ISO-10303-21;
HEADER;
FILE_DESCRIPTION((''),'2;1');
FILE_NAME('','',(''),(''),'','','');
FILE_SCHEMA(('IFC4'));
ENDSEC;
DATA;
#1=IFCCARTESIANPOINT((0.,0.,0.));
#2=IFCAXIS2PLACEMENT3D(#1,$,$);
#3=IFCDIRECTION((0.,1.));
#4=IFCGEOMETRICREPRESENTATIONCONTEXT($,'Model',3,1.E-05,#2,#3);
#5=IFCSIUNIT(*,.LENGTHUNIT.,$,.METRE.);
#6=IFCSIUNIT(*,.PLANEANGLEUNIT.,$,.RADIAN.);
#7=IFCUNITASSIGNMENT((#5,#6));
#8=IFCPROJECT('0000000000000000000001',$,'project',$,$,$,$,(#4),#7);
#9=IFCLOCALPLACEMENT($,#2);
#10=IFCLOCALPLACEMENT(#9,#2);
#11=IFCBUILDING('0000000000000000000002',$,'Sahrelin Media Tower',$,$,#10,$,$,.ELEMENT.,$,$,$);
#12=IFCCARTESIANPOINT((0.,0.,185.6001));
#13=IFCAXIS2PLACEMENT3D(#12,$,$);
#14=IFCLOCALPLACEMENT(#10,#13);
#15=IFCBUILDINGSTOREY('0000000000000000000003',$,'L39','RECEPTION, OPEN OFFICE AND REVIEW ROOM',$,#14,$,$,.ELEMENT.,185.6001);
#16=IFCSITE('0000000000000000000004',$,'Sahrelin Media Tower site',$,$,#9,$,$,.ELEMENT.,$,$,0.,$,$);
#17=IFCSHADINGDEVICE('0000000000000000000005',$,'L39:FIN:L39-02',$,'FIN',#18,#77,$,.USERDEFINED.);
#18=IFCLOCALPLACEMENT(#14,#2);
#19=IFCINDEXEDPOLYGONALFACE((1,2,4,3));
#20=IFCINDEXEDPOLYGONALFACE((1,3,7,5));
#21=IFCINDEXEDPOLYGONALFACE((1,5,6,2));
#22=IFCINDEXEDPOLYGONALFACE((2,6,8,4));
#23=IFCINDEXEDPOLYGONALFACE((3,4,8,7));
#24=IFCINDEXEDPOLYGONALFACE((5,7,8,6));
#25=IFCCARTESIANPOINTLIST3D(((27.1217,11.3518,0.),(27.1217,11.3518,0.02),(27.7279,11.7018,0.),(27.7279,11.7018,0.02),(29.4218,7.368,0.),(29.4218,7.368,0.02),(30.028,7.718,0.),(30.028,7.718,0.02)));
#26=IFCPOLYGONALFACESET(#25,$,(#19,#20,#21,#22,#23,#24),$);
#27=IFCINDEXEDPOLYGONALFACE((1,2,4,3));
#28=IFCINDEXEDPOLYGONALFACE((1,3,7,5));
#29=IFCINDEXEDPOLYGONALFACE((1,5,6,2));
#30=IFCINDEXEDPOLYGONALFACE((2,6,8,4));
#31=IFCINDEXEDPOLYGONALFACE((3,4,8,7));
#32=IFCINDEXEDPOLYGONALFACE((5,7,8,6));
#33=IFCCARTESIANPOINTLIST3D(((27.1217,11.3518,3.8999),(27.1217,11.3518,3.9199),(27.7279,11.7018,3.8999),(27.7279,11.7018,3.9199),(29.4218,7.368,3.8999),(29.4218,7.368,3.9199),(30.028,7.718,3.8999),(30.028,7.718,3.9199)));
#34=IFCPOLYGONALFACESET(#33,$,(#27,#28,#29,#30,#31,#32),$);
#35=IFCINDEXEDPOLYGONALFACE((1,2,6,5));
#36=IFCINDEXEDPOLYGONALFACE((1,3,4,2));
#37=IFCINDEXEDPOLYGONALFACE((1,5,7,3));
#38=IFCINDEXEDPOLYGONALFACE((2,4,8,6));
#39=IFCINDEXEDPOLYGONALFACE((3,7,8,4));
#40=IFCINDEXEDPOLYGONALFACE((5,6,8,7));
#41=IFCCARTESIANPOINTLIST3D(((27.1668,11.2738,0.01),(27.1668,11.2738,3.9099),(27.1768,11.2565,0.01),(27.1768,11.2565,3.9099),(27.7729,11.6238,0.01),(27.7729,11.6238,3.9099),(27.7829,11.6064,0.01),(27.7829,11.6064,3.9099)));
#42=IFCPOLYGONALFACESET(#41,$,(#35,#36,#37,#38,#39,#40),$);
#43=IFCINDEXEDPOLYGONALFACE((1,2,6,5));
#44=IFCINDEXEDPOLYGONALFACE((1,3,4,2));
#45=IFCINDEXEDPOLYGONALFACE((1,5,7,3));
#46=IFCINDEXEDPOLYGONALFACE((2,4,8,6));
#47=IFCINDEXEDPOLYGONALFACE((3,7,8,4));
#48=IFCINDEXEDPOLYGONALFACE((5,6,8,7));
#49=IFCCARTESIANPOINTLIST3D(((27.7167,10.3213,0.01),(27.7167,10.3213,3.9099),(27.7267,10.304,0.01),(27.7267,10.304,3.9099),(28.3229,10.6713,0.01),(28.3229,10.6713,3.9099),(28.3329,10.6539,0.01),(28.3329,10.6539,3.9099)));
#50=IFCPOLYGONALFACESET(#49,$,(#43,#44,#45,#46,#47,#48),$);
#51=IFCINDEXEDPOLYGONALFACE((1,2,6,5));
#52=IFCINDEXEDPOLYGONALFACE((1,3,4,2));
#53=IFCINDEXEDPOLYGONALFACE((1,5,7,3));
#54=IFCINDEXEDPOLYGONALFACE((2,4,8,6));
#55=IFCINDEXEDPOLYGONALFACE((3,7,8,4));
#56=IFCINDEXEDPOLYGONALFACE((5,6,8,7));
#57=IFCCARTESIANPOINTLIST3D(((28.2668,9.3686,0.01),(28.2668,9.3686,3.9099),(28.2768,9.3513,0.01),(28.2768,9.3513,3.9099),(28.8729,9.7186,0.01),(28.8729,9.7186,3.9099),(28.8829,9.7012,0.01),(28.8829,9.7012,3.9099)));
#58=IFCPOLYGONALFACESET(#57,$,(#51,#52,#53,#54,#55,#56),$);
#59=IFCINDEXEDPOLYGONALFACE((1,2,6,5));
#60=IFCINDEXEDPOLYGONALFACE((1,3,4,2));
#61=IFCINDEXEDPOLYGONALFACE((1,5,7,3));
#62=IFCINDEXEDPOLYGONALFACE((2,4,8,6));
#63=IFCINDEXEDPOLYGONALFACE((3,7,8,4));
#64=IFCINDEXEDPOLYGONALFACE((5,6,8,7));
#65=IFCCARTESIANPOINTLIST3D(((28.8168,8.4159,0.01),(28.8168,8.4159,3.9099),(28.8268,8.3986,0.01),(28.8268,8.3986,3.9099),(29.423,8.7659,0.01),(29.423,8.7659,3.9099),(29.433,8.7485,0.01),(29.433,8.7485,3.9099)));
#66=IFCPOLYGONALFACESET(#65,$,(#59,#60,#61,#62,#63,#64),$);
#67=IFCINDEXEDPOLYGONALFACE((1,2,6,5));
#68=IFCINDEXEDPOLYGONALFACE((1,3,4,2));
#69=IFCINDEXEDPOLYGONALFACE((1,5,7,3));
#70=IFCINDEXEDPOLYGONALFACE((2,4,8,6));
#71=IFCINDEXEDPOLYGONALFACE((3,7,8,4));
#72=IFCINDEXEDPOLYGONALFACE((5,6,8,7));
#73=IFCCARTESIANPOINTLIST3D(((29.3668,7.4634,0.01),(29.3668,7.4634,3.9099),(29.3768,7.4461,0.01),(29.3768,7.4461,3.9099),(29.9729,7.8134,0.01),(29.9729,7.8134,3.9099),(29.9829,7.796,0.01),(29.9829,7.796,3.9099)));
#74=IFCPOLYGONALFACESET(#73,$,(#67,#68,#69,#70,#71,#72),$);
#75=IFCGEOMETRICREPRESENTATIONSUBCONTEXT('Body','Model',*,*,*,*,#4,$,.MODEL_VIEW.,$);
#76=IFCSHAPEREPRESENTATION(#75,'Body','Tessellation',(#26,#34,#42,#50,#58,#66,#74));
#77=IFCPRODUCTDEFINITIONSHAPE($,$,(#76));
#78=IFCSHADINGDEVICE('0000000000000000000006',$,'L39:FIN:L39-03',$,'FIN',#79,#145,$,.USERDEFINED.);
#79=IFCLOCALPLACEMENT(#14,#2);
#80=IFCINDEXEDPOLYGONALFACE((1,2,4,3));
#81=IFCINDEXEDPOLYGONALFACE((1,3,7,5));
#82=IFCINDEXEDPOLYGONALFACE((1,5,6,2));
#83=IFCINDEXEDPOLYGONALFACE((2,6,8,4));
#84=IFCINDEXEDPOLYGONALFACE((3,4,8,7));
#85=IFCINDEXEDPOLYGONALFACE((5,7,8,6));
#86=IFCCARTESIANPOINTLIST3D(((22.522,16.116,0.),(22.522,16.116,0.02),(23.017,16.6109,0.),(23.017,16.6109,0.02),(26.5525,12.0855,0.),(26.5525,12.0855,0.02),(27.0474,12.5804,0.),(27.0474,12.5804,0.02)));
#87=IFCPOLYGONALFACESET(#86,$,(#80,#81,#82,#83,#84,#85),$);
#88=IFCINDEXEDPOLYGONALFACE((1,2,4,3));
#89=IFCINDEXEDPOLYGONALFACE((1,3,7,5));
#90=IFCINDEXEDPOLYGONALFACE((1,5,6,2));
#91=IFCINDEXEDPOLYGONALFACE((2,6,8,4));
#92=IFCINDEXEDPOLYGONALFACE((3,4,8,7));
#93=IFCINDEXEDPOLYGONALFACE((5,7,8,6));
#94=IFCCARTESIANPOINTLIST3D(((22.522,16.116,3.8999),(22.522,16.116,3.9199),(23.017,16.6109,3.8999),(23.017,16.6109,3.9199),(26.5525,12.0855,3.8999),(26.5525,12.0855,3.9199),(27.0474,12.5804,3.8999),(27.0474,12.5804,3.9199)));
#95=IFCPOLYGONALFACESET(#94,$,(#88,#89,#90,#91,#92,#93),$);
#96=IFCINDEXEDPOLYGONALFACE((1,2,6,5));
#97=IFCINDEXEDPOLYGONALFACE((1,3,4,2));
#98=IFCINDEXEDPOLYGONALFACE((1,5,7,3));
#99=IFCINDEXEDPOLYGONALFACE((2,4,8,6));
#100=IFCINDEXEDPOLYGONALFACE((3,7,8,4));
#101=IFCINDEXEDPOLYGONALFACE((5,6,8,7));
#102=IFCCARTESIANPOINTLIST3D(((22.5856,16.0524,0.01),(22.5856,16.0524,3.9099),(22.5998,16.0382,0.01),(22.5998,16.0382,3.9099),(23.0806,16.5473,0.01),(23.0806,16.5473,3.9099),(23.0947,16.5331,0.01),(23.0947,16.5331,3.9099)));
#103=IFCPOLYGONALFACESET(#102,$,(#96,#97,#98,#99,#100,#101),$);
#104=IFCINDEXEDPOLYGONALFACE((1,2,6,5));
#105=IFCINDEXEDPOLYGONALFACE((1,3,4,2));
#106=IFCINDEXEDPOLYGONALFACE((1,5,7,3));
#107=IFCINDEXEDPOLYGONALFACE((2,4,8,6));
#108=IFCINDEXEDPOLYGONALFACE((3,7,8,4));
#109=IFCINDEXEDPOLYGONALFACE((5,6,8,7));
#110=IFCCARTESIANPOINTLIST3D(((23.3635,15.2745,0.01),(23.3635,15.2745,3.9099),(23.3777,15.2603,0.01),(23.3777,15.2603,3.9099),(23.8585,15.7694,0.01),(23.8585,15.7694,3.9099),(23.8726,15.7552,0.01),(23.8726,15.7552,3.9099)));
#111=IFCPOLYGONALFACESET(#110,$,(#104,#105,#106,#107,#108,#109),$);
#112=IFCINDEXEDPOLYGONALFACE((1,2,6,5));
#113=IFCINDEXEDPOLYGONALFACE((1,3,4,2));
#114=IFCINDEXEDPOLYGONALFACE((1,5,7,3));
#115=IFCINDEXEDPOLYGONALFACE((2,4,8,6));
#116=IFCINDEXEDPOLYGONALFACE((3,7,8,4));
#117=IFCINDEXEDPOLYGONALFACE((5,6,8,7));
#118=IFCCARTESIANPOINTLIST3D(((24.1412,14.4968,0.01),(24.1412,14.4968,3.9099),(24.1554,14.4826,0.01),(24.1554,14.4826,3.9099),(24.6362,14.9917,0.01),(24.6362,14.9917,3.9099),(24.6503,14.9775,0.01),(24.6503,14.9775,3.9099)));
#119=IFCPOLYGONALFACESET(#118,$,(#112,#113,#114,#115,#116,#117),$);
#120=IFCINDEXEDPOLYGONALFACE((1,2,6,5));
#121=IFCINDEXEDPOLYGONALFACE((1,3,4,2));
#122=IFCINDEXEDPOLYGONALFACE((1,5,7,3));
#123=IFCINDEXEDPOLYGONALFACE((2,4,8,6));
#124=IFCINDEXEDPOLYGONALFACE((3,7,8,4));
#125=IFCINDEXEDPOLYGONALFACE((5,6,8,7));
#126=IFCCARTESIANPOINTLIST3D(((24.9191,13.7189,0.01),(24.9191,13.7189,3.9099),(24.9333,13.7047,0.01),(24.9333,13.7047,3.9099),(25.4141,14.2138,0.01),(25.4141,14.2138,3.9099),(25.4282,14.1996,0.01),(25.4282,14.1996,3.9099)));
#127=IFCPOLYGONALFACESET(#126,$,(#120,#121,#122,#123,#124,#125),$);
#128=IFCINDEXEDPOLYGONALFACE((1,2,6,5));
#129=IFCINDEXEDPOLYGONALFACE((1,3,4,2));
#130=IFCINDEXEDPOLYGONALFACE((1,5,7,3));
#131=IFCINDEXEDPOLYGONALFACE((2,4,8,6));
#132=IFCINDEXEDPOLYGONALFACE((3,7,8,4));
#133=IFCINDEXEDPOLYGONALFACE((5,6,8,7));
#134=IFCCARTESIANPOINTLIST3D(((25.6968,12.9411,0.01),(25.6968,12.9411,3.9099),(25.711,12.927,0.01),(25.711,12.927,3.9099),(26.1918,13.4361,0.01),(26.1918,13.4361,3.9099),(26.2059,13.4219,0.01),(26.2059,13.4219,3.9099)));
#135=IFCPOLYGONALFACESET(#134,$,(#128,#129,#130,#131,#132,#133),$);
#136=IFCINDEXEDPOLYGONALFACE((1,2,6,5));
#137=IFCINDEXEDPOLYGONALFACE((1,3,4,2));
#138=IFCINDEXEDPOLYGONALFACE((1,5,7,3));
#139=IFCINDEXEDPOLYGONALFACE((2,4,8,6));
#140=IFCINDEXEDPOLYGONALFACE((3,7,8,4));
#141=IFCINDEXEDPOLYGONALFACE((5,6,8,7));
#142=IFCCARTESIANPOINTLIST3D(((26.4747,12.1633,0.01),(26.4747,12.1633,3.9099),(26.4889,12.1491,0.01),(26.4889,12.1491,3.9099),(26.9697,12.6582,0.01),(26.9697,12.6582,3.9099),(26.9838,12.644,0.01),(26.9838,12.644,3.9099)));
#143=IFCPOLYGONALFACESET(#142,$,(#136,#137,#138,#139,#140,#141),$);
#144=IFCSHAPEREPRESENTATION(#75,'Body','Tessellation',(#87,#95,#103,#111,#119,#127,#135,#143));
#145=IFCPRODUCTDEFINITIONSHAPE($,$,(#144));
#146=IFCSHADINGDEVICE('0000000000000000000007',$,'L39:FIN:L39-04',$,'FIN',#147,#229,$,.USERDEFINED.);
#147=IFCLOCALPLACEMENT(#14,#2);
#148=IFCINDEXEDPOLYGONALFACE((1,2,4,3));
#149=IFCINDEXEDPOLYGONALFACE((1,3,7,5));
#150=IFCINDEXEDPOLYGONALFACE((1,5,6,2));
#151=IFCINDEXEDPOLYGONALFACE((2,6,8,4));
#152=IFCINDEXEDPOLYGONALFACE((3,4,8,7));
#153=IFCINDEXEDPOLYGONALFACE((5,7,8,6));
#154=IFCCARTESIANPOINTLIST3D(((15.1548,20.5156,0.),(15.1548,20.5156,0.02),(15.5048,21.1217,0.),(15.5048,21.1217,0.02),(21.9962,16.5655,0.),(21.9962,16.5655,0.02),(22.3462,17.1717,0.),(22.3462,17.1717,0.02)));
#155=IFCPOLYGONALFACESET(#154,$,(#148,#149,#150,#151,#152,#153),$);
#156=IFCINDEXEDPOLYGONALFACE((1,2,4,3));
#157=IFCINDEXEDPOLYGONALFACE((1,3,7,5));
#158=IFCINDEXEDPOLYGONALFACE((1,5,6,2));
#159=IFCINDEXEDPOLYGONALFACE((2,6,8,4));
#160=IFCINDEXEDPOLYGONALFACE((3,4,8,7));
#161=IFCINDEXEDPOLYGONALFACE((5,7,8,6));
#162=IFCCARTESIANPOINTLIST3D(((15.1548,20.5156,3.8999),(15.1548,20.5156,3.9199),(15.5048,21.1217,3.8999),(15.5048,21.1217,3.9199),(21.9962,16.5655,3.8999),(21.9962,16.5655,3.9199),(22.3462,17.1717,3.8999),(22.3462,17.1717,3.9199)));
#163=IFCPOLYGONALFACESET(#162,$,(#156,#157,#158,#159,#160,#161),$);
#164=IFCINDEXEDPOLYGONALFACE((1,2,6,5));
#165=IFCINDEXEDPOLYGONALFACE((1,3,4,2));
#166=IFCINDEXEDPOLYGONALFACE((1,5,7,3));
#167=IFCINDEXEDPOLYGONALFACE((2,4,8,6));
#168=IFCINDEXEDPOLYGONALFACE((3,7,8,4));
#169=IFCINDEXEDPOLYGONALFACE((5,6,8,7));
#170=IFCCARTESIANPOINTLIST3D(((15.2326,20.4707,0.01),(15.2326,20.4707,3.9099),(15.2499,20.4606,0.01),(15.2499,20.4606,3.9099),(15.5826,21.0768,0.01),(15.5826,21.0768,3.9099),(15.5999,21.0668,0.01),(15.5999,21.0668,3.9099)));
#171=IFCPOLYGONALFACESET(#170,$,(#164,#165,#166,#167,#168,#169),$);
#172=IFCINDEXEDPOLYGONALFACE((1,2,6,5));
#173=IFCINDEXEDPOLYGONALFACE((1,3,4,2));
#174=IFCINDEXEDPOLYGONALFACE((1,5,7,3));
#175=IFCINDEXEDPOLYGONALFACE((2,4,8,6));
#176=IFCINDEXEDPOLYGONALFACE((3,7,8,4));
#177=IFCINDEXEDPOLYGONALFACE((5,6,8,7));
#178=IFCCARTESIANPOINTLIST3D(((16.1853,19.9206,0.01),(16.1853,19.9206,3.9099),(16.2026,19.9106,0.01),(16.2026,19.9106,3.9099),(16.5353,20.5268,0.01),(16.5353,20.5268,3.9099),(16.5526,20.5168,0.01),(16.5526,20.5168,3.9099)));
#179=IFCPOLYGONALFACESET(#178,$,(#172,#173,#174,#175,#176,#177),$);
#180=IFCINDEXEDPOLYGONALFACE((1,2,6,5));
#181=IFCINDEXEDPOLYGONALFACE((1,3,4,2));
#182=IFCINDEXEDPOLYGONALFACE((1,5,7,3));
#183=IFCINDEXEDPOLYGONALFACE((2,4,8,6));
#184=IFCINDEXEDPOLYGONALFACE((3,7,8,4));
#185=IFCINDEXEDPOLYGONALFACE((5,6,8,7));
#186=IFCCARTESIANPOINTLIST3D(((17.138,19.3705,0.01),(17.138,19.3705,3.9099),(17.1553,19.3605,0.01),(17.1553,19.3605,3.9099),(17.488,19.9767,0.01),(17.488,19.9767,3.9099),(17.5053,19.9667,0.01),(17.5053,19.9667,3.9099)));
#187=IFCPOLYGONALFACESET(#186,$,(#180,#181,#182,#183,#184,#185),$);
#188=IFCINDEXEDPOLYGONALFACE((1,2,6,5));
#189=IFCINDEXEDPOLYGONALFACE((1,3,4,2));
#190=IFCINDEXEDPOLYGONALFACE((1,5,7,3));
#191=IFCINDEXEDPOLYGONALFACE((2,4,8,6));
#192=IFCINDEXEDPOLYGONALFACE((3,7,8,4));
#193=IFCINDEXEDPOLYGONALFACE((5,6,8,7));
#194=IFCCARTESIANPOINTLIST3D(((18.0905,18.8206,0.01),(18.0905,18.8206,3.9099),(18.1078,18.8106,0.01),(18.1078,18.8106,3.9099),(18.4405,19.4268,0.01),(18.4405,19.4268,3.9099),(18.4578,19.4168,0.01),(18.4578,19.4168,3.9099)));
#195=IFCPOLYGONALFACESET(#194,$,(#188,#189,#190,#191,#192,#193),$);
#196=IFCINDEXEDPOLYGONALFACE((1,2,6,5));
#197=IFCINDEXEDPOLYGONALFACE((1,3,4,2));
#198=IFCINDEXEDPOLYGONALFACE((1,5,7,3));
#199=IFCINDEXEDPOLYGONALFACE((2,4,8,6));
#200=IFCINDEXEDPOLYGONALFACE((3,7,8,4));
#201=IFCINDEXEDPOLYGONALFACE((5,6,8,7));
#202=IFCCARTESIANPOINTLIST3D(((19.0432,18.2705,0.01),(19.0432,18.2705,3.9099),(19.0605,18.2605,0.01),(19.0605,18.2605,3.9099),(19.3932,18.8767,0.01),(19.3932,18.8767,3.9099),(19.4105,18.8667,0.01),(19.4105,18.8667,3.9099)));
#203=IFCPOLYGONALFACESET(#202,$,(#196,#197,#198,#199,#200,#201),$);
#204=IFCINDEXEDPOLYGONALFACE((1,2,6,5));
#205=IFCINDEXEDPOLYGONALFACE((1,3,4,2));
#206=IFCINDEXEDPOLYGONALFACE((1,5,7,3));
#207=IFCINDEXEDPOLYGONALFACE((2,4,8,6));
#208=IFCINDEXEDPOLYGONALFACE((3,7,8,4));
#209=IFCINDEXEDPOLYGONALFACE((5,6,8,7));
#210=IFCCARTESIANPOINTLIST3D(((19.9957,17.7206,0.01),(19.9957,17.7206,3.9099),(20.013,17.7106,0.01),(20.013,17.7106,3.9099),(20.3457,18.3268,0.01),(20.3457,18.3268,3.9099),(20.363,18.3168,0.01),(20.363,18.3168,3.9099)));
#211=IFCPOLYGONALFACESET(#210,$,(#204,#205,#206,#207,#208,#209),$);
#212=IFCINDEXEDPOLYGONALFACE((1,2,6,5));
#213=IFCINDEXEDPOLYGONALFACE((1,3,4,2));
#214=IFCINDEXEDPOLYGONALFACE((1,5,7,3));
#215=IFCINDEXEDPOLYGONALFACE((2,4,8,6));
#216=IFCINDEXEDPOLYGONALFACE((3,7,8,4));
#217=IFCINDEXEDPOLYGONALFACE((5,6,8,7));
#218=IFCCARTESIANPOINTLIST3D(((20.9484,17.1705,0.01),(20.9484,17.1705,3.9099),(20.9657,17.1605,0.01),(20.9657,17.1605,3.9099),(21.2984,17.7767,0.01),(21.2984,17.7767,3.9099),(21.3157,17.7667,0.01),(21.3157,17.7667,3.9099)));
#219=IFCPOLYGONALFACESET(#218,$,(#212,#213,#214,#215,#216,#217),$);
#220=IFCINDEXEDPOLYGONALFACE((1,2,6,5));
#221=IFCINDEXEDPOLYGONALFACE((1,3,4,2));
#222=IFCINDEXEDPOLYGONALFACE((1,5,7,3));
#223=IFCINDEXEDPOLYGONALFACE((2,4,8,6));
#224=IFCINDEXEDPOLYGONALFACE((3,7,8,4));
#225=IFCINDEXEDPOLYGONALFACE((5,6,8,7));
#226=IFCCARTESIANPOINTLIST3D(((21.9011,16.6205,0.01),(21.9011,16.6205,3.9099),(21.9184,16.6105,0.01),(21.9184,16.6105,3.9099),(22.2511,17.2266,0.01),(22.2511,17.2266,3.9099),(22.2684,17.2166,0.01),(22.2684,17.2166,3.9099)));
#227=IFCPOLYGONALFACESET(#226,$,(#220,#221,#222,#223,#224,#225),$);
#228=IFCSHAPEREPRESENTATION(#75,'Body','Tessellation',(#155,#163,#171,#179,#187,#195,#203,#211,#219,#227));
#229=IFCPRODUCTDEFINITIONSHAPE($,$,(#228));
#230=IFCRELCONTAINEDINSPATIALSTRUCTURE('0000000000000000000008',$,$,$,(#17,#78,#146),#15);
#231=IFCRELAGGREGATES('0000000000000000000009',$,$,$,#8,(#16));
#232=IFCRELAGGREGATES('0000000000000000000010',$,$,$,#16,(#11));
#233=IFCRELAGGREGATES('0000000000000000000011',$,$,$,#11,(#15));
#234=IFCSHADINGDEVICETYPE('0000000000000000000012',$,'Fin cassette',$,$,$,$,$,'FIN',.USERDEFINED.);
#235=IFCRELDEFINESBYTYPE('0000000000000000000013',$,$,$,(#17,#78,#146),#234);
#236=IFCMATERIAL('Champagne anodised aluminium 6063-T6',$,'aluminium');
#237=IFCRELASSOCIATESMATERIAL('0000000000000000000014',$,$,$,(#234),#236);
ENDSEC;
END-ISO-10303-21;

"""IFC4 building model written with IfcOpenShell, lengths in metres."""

from ifc_helpers import new_model, si_unit, direction, frame, origin, origin_2d, place, context, subcontext, project, spatial, rectangle, extrude, material, type_object, element, save


model = new_model("IFC4")

# Units and contexts
model_context = context("Model", 3, precision=1e-05, world=origin(), true_north=direction((0.0, 1.0)))
body_context = subcontext(model_context, "Body", "Model", "MODEL_VIEW")
ifc_project = project(units=[si_unit("LENGTHUNIT", "METRE"), si_unit("PLANEANGLEUNIT", "RADIAN")], contexts=[model_context])

# Site, building, storey
site_placement = place(None, origin())
site = spatial("IfcSite", under=ifc_project, at=site_placement, Name="Sahrelin Media Tower site", CompositionType="ELEMENT", RefElevation=0.0)
building_placement = place(site_placement, origin())
building = spatial("IfcBuilding", under=site, at=building_placement, Name="Sahrelin Media Tower", CompositionType="ELEMENT")
storey_placement = place(building_placement, frame((0.0, 0.0, 185.6001)))
storey = spatial("IfcBuildingStorey", under=building, at=storey_placement, Name="L39", Description="RECEPTION, OPEN OFFICE AND REVIEW ROOM", CompositionType="ELEMENT", Elevation=185.6001)

# Shared definitions
ifc_material_1 = material(Name="Champagne anodised aluminium 6063-T6", Category="aluminium")

# Shading devices
shading_device_type_1 = type_object("IfcShadingDeviceType", Name="Fin cassette", ElementType="FIN", PredefinedType="USERDEFINED", material=ifc_material_1)
shading_device_1_placement = place(storey_placement, frame((28.2112, 9.325, 0.0), z_axis=(0.0, 0.0, 1.0), x_axis=(0.500011, -0.866019, 0.0)))
element("IfcShadingDevice", 1, at=shading_device_1_placement, inside=storey, type_object=shading_device_type_1, Name="L39:FIN:L39-02", ObjectType="FIN", PredefinedType="USERDEFINED", context=body_context, shape_type="SweptSolid", body=[
    extrude(rectangle(XDim=4.6001, YDim=0.7, at=origin_2d()), frame((0.0, 0.4199, 0.0)), (0.0, 0.0, 1.0), 0.02),
    extrude(rectangle(XDim=4.6001, YDim=0.7, at=origin_2d()), frame((0.0, 0.4199, 3.8999)), (0.0, 0.0, 1.0), 0.02),
    extrude(rectangle(XDim=0.02, YDim=0.7, at=origin_2d()), frame((-2.2, 0.4199, 0.01), z_axis=(0.0, 0.0, 1.0), x_axis=(1.0, 0.0, 0.0)), (0.0, 0.0, 1.0), 3.8999),
    extrude(rectangle(XDim=0.02, YDim=0.7, at=origin_2d()), frame((-1.1001, 0.4199, 0.01), z_axis=(0.0, 0.0, 1.0), x_axis=(1.0, 0.0, 0.0)), (0.0, 0.0, 1.0), 3.8999),
    extrude(rectangle(XDim=0.02, YDim=0.7, at=origin_2d()), frame((0.0, 0.4199, 0.01), z_axis=(0.0, 0.0, 1.0), x_axis=(1.0, 0.0, 0.0)), (0.0, 0.0, 1.0), 3.8999),
    extrude(rectangle(XDim=0.02, YDim=0.7, at=origin_2d()), frame((1.1001, 0.4199, 0.01), z_axis=(0.0, 0.0, 1.0), x_axis=(1.0, 0.0, 0.0)), (0.0, 0.0, 1.0), 3.8999),
    extrude(rectangle(XDim=0.02, YDim=0.7, at=origin_2d()), frame((2.2, 0.4199, 0.01), z_axis=(0.0, 0.0, 1.0), x_axis=(1.0, 0.0, 0.0)), (0.0, 0.0, 1.0), 3.8999),
])
placement_1 = place(storey_placement, frame((24.4878, 14.0513, 0.0), z_axis=(0.0, 0.0, 1.0), x_axis=(0.707107, -0.707107, 0.0)))
element("IfcShadingDevice", 2, at=placement_1, inside=storey, type_object=shading_device_type_1, Name="L39:FIN:L39-03", ObjectType="FIN", PredefinedType="USERDEFINED", context=body_context, shape_type="SweptSolid", body=[
    extrude(rectangle(XDim=5.7, YDim=0.7, at=origin_2d()), frame((0.0, 0.4199, 0.0)), (0.0, 0.0, 1.0), 0.02),
    extrude(rectangle(XDim=5.7, YDim=0.7, at=origin_2d()), frame((0.0, 0.4199, 3.8999)), (0.0, 0.0, 1.0), 0.02),
    extrude(rectangle(XDim=0.02, YDim=0.7, at=origin_2d()), frame((-2.75, 0.4199, 0.01), z_axis=(0.0, 0.0, 1.0), x_axis=(1.0, 0.0, 0.0)), (0.0, 0.0, 1.0), 3.8999),
    extrude(rectangle(XDim=0.02, YDim=0.7, at=origin_2d()), frame((-1.6499, 0.4199, 0.01), z_axis=(0.0, 0.0, 1.0), x_axis=(1.0, 0.0, 0.0)), (0.0, 0.0, 1.0), 3.8999),
    extrude(rectangle(XDim=0.02, YDim=0.7, at=origin_2d()), frame((-0.55, 0.4199, 0.01), z_axis=(0.0, 0.0, 1.0), x_axis=(1.0, 0.0, 0.0)), (0.0, 0.0, 1.0), 3.8999),
    extrude(rectangle(XDim=0.02, YDim=0.7, at=origin_2d()), frame((0.55, 0.4199, 0.01), z_axis=(0.0, 0.0, 1.0), x_axis=(1.0, 0.0, 0.0)), (0.0, 0.0, 1.0), 3.8999),
    extrude(rectangle(XDim=0.02, YDim=0.7, at=origin_2d()), frame((1.6499, 0.4199, 0.01), z_axis=(0.0, 0.0, 1.0), x_axis=(1.0, 0.0, 0.0)), (0.0, 0.0, 1.0), 3.8999),
    extrude(rectangle(XDim=0.02, YDim=0.7, at=origin_2d()), frame((2.75, 0.4199, 0.01), z_axis=(0.0, 0.0, 1.0), x_axis=(1.0, 0.0, 0.0)), (0.0, 0.0, 1.0), 3.8999),
])
placement_2 = place(storey_placement, frame((18.5405, 18.48, 0.0), z_axis=(0.0, 0.0, 1.0), x_axis=(0.866019, -0.500011, 0.0)))
element("IfcShadingDevice", 3, at=placement_2, inside=storey, type_object=shading_device_type_1, Name="L39:FIN:L39-04", ObjectType="FIN", PredefinedType="USERDEFINED", context=body_context, shape_type="SweptSolid", body=[
    extrude(rectangle(XDim=7.8999, YDim=0.7, at=origin_2d()), frame((0.0, 0.4199, 0.0)), (0.0, 0.0, 1.0), 0.02),
    extrude(rectangle(XDim=7.8999, YDim=0.7, at=origin_2d()), frame((0.0, 0.4199, 3.8999)), (0.0, 0.0, 1.0), 0.02),
    extrude(rectangle(XDim=0.02, YDim=0.7, at=origin_2d()), frame((-3.8501, 0.4199, 0.01), z_axis=(0.0, 0.0, 1.0), x_axis=(1.0, 0.0, 0.0)), (0.0, 0.0, 1.0), 3.8999),
    extrude(rectangle(XDim=0.02, YDim=0.7, at=origin_2d()), frame((-2.75, 0.4199, 0.01), z_axis=(0.0, 0.0, 1.0), x_axis=(1.0, 0.0, 0.0)), (0.0, 0.0, 1.0), 3.8999),
    extrude(rectangle(XDim=0.02, YDim=0.7, at=origin_2d()), frame((-1.6499, 0.4199, 0.01), z_axis=(0.0, 0.0, 1.0), x_axis=(1.0, 0.0, 0.0)), (0.0, 0.0, 1.0), 3.8999),
    extrude(rectangle(XDim=0.02, YDim=0.7, at=origin_2d()), frame((-0.55, 0.4199, 0.01), z_axis=(0.0, 0.0, 1.0), x_axis=(1.0, 0.0, 0.0)), (0.0, 0.0, 1.0), 3.8999),
    extrude(rectangle(XDim=0.02, YDim=0.7, at=origin_2d()), frame((0.55, 0.4199, 0.01), z_axis=(0.0, 0.0, 1.0), x_axis=(1.0, 0.0, 0.0)), (0.0, 0.0, 1.0), 3.8999),
    extrude(rectangle(XDim=0.02, YDim=0.7, at=origin_2d()), frame((1.6499, 0.4199, 0.01), z_axis=(0.0, 0.0, 1.0), x_axis=(1.0, 0.0, 0.0)), (0.0, 0.0, 1.0), 3.8999),
    extrude(rectangle(XDim=0.02, YDim=0.7, at=origin_2d()), frame((2.75, 0.4199, 0.01), z_axis=(0.0, 0.0, 1.0), x_axis=(1.0, 0.0, 0.0)), (0.0, 0.0, 1.0), 3.8999),
    extrude(rectangle(XDim=0.02, YDim=0.7, at=origin_2d()), frame((3.8501, 0.4199, 0.01), z_axis=(0.0, 0.0, 1.0), x_axis=(1.0, 0.0, 0.0)), (0.0, 0.0, 1.0), 3.8999),
])

save(model, "model.ifc")
